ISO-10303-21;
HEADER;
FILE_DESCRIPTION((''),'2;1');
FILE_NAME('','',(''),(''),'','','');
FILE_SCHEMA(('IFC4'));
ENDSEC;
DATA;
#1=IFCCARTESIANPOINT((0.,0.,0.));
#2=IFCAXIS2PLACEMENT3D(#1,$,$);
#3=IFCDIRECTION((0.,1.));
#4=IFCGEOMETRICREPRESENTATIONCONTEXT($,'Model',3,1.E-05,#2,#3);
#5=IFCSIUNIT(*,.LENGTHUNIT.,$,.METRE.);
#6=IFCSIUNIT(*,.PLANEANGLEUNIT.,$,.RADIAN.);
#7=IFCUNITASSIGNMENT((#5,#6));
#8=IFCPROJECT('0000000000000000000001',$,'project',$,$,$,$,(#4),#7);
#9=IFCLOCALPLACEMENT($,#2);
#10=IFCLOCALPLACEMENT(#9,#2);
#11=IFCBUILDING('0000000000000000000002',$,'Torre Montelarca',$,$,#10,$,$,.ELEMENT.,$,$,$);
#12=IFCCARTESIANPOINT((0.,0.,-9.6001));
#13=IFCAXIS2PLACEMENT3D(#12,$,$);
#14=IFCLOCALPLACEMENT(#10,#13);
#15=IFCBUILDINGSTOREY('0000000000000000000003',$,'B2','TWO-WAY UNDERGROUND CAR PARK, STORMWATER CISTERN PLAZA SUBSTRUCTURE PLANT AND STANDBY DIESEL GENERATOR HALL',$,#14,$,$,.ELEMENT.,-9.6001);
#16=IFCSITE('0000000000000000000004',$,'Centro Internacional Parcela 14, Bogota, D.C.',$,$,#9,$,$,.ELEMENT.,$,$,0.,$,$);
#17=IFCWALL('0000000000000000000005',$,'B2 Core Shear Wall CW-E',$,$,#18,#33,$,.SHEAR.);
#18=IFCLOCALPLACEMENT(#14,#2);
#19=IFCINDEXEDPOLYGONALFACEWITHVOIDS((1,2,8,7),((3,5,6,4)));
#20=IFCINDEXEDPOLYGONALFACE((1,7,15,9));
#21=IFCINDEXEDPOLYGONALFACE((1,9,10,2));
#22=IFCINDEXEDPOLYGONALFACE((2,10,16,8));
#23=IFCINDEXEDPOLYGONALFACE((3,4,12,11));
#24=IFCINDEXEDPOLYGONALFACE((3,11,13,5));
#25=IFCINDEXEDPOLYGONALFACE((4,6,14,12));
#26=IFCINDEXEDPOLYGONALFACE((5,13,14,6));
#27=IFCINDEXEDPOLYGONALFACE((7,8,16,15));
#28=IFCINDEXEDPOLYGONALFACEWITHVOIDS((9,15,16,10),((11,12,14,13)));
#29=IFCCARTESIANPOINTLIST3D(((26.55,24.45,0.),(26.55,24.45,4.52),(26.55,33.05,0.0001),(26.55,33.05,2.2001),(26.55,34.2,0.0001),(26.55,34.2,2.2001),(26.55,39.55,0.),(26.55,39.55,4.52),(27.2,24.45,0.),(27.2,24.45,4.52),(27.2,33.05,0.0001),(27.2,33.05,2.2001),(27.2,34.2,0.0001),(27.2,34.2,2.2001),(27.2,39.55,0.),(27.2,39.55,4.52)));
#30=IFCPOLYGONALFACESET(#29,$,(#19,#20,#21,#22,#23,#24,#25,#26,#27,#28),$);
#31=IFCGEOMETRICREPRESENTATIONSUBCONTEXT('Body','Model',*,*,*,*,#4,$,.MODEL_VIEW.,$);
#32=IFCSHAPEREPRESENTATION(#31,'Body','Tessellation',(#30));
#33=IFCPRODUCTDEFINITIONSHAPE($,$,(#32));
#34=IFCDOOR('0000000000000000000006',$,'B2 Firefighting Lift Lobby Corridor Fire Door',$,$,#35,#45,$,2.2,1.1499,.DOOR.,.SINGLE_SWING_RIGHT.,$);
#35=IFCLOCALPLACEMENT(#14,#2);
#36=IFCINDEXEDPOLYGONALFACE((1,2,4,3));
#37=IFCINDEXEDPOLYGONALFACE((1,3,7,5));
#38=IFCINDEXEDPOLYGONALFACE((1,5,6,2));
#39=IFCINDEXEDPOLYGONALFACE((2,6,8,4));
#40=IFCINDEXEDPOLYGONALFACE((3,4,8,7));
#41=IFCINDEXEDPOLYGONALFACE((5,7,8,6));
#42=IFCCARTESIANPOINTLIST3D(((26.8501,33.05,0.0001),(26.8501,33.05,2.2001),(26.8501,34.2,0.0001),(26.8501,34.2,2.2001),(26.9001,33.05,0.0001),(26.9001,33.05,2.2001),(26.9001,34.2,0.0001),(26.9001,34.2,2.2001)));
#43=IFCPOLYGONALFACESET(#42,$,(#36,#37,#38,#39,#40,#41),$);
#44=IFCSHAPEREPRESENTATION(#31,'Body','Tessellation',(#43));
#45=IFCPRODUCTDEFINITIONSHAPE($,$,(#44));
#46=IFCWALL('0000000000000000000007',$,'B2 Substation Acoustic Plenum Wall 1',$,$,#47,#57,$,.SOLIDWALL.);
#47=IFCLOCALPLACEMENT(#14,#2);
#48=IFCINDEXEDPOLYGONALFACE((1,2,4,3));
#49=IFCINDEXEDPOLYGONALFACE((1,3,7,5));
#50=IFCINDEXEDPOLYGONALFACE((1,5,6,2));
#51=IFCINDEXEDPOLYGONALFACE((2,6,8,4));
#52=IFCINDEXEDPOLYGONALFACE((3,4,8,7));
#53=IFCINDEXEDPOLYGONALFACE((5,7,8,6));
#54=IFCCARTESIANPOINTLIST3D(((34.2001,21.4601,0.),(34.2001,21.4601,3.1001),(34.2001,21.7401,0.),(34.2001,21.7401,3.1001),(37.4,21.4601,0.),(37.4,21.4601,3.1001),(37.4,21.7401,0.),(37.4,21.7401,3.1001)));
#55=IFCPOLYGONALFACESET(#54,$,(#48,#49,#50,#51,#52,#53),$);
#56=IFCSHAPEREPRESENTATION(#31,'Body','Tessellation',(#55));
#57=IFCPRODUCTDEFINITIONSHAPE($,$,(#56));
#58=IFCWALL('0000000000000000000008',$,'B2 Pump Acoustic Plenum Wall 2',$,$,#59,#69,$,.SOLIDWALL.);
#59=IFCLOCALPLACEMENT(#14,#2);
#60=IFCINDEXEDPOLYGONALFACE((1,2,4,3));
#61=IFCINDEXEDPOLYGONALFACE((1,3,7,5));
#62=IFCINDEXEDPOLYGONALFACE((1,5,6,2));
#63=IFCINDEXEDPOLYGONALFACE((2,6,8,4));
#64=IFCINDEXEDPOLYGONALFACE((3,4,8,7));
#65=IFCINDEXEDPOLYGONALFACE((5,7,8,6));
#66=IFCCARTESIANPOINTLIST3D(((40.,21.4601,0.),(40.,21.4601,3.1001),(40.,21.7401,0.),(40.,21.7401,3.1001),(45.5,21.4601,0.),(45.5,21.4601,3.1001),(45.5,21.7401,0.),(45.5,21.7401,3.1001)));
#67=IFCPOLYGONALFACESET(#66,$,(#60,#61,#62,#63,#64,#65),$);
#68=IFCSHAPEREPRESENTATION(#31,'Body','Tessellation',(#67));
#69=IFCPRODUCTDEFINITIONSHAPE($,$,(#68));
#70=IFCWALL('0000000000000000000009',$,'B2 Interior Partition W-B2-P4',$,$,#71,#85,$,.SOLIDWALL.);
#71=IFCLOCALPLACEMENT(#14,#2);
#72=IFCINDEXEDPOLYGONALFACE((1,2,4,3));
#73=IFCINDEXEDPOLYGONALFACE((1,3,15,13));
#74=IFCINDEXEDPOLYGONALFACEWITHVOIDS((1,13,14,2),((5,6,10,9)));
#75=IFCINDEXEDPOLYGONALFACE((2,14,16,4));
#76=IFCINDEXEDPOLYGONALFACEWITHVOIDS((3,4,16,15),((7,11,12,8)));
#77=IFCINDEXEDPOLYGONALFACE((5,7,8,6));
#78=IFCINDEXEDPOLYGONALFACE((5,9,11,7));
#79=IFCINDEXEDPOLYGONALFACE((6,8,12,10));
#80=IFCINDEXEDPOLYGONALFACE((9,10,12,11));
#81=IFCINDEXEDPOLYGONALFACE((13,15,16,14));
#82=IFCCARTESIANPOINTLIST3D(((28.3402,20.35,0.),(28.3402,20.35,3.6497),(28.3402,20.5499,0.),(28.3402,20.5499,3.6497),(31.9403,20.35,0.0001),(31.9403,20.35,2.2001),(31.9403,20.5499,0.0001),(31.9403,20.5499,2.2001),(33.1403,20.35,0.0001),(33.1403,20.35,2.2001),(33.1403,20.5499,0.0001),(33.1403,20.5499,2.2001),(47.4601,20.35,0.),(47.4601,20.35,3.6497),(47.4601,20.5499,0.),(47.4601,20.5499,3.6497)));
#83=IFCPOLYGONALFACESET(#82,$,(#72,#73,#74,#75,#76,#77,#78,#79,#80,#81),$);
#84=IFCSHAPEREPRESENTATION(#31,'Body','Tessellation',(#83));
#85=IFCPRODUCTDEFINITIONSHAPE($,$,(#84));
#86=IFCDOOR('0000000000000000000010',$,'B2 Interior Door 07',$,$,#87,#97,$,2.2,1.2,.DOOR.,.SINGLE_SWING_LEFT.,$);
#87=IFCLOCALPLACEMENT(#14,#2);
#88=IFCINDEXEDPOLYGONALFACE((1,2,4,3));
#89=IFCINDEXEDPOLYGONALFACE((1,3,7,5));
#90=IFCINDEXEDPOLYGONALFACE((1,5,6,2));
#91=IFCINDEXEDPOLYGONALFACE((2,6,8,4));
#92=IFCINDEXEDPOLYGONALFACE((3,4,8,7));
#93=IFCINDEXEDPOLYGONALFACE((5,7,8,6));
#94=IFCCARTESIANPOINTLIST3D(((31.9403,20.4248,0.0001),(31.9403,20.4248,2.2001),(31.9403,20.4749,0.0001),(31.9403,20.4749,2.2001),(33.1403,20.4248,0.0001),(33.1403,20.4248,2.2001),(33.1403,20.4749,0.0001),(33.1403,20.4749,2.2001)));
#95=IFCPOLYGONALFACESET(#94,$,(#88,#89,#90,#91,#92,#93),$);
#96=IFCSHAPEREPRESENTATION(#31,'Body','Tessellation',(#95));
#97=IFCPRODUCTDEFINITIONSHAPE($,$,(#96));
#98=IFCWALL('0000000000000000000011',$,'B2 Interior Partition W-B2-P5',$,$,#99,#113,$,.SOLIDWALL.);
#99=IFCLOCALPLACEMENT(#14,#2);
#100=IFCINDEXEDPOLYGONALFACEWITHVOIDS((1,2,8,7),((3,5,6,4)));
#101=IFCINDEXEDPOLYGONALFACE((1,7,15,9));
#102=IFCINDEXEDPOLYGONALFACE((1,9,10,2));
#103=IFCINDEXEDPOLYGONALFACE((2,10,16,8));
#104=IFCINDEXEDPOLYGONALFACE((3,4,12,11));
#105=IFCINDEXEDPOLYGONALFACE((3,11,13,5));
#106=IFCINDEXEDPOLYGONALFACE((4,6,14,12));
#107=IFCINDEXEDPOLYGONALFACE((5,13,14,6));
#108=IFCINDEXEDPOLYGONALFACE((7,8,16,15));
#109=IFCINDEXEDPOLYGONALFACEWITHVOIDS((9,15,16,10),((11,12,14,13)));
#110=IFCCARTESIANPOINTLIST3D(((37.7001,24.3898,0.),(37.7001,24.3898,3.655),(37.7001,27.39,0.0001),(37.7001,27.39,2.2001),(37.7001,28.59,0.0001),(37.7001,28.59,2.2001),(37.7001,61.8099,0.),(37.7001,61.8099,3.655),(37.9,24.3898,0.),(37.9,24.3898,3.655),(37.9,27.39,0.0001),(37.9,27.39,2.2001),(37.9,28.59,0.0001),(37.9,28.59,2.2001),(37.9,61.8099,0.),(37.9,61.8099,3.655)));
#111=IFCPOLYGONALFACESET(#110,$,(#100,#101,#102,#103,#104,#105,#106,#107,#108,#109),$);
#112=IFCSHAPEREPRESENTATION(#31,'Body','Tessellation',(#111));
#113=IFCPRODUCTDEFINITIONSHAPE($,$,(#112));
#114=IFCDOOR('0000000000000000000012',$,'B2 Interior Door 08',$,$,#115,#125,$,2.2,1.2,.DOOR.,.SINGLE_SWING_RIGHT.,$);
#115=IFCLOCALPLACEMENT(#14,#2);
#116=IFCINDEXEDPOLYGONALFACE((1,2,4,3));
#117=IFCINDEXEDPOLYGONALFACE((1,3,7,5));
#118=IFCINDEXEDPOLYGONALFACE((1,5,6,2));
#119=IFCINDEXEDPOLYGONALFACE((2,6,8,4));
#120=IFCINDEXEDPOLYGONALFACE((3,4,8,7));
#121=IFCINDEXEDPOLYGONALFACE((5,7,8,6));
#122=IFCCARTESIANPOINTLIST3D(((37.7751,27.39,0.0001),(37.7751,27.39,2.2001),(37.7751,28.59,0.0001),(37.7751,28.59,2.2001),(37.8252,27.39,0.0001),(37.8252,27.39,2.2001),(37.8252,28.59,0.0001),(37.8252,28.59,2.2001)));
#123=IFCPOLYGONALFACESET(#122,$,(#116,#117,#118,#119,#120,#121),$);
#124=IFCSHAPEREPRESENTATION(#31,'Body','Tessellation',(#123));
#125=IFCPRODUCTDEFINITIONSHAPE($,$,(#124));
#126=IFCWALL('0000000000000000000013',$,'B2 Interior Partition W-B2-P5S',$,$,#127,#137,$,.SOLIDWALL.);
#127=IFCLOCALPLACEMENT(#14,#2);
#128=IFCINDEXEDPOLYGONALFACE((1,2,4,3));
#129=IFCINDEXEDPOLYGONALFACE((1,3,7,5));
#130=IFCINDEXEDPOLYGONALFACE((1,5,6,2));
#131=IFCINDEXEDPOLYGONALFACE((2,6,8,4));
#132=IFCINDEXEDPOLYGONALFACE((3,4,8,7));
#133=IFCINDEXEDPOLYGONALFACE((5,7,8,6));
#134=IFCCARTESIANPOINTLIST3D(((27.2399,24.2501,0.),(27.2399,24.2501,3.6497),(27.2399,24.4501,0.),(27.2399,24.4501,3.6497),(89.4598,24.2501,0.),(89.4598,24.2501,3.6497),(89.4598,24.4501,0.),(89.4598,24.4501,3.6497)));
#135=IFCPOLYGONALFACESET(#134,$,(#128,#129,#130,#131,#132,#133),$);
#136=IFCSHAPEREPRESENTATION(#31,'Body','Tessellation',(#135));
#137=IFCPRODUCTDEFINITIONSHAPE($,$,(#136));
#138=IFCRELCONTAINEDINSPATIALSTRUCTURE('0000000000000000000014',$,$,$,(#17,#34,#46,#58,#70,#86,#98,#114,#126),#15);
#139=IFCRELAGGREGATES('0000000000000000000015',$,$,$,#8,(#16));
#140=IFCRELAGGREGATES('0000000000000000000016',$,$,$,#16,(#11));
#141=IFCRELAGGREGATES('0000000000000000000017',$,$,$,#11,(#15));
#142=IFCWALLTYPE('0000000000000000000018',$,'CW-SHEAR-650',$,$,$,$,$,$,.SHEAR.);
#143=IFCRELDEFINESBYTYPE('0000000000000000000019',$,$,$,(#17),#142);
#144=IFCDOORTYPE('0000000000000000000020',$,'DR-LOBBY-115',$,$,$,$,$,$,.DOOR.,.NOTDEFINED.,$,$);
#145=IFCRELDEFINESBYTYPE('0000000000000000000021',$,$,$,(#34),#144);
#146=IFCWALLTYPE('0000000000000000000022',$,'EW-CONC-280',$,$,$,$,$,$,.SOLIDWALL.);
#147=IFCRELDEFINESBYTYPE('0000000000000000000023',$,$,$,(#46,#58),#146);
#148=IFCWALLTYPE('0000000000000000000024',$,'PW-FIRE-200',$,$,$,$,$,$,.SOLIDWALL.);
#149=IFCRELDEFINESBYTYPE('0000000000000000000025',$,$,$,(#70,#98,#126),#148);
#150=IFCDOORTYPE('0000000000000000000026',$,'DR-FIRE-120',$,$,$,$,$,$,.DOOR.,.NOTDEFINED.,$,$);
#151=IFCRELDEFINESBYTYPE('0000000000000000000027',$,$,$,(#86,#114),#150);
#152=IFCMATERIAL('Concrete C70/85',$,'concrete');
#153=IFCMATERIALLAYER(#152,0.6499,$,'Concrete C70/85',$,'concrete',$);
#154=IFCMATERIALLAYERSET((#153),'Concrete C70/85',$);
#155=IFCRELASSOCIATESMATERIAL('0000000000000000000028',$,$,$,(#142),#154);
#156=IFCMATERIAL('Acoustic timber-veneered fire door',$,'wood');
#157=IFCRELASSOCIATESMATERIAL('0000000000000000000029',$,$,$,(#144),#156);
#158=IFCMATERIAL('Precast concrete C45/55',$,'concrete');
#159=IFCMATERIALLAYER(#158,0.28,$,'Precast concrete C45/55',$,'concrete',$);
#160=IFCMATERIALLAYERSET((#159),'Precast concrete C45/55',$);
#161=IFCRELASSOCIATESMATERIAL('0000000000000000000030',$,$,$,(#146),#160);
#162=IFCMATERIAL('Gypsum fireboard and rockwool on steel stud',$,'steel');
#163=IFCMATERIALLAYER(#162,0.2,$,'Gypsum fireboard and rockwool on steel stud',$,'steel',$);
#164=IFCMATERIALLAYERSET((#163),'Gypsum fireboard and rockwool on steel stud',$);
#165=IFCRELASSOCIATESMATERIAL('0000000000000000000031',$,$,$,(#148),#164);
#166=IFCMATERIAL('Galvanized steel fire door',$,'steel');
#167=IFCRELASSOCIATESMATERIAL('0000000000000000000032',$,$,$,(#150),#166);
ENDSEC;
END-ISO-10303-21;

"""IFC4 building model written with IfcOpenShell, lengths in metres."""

from ifc_helpers import new_model, si_unit, direction, frame, frame_2d, origin, place, context, subcontext, project, spatial, rectangle, extrude, source, transform, mapped, material, layer, layer_set, type_object, element, fill, save


model = new_model("IFC4")

# Units and contexts
model_context = context("Model", 3, precision=1e-05, world=origin(), true_north=direction((0.0, 1.0)))
body_context = subcontext(model_context, "Body", "Model", "MODEL_VIEW")
ifc_project = project(units=[si_unit("LENGTHUNIT", "METRE"), si_unit("PLANEANGLEUNIT", "RADIAN")], contexts=[model_context])

# Site, building, storey
site_placement = place(None, origin())
site = spatial("IfcSite", under=ifc_project, at=site_placement, Name="Centro Internacional Parcela 14, Bogota, D.C.", CompositionType="ELEMENT", RefElevation=0.0)
building_placement = place(site_placement, origin())
building = spatial("IfcBuilding", under=site, at=building_placement, Name="Torre Montelarca", CompositionType="ELEMENT")
storey_placement = place(building_placement, frame((0.0, 0.0, -9.6001)))
storey = spatial("IfcBuildingStorey", under=building, at=storey_placement, Name="B2", Description="TWO-WAY UNDERGROUND CAR PARK, STORMWATER CISTERN PLAZA SUBSTRUCTURE PLANT AND STANDBY DIESEL GENERATOR HALL", CompositionType="ELEMENT", Elevation=-9.6001)

# Shared definitions
ifc_material_1 = material(Name="Concrete C70/85", Category="concrete")

# Wall, opening, door
ifc_layer_1 = layer(ifc_material_1, 0.6499, Name="Concrete C70/85", Category="concrete")
ifc_layer_set_1 = layer_set([ifc_layer_1], Name="Concrete C70/85")
wall_type_1 = type_object("IfcWallType", Name="CW-SHEAR-650", PredefinedType="SHEAR", material=ifc_layer_set_1)
wall_1_placement = place(storey_placement, frame((26.875, 24.45, 0.0), z_axis=(0.0, 0.0, 1.0), x_axis=(0.0, 1.0, 0.0)))
wall_1 = element("IfcWall", 1, at=wall_1_placement, inside=storey, type_object=wall_type_1, Name="B2 Core Shear Wall CW-E", PredefinedType="SHEAR", context=body_context, shape_type="SweptSolid", body=[
    extrude(rectangle(XDim=15.1001, YDim=0.6499, at=frame_2d((7.55, 0.0))), origin(), (0.0, 0.0, 1.0), 4.52),
])
opening_1_placement = place(wall_1_placement, frame((8.6001, 0.0, 0.0)))
opening_1 = element("IfcOpeningElement", 2, at=opening_1_placement, cuts=wall_1, PredefinedType="OPENING", context=body_context, shape_type="SweptSolid", body=[
    extrude(rectangle(XDim=1.1499, YDim=2.2, at=frame_2d((0.575, 1.1001))), frame((0.0, 0.335, 0.0), z_axis=(0.0, -1.0, 0.0), x_axis=(1.0, 0.0, 0.0)), (0.0, 0.0, 1.0), 0.6699),
])
ifc_material_2 = material(Name="Acoustic timber-veneered fire door", Category="wood")
door_type_1 = type_object("IfcDoorType", Name="DR-LOBBY-115", OperationType="NOTDEFINED", PredefinedType="DOOR", material=ifc_material_2)
shared_shape_1 = source(origin(), body_context, "Body", "SweptSolid", [
    extrude(rectangle(XDim=1.1499, YDim=2.2, at=frame_2d((0.575, 1.1001))), frame((0.0, 0.0249, 0.0), z_axis=(0.0, -1.0, 0.0), x_axis=(1.0, 0.0, 0.0)), (0.0, 0.0, 1.0), 0.05),
])
door_1_placement = place(opening_1_placement, origin())
door_1 = element("IfcDoor", 3, at=door_1_placement, inside=storey, type_object=door_type_1, Name="B2 Firefighting Lift Lobby Corridor Fire Door", OperationType="SINGLE_SWING_RIGHT", OverallHeight=2.2, OverallWidth=1.1499, PredefinedType="DOOR", context=body_context, shape_type="MappedRepresentation", body=[
    mapped(shared_shape_1, transform((0.0, 0.0, 0.0), scale=1.0)),
])
fill(opening_1, door_1)

# Walls
ifc_material_3 = material(Name="Precast concrete C45/55", Category="concrete")
ifc_layer_2 = layer(ifc_material_3, 0.28, Name="Precast concrete C45/55", Category="concrete")
ifc_layer_set_2 = layer_set([ifc_layer_2], Name="Precast concrete C45/55")
wall_type_2 = type_object("IfcWallType", Name="EW-CONC-280", PredefinedType="SOLIDWALL", material=ifc_layer_set_2)
wall_2_placement = place(storey_placement, frame((34.2, 21.6001, 0.0), z_axis=(0.0, 0.0, 1.0), x_axis=(1.0, 0.0, 0.0)))
element("IfcWall", 4, at=wall_2_placement, inside=storey, type_object=wall_type_2, Name="B2 Substation Acoustic Plenum Wall 1", PredefinedType="SOLIDWALL", context=body_context, shape_type="SweptSolid", body=[
    extrude(rectangle(XDim=3.2, YDim=0.28, at=frame_2d((1.6001, 0.0))), origin(), (0.0, 0.0, 1.0), 3.1001),
])
wall_3_placement = place(storey_placement, frame((40.0, 21.6001, 0.0), z_axis=(0.0, 0.0, 1.0), x_axis=(1.0, 0.0, 0.0)))
element("IfcWall", 5, at=wall_3_placement, inside=storey, type_object=wall_type_2, Name="B2 Pump Acoustic Plenum Wall 2", PredefinedType="SOLIDWALL", context=body_context, shape_type="SweptSolid", body=[
    extrude(rectangle(XDim=5.5, YDim=0.28, at=frame_2d((2.75, 0.0))), origin(), (0.0, 0.0, 1.0), 3.1001),
])

# Walls, openings, doors
ifc_material_4 = material(Name="Gypsum fireboard and rockwool on steel stud", Category="steel")
ifc_layer_3 = layer(ifc_material_4, 0.2, Name="Gypsum fireboard and rockwool on steel stud", Category="steel")
ifc_layer_set_3 = layer_set([ifc_layer_3], Name="Gypsum fireboard and rockwool on steel stud")
wall_type_3 = type_object("IfcWallType", Name="PW-FIRE-200", PredefinedType="SOLIDWALL", material=ifc_layer_set_3)
wall_4_placement = place(storey_placement, frame((28.3401, 20.45, 0.0), z_axis=(0.0, 0.0, 1.0), x_axis=(1.0, 0.0, 0.0)))
wall_4 = element("IfcWall", 6, at=wall_4_placement, inside=storey, type_object=wall_type_3, Name="B2 Interior Partition W-B2-P4", PredefinedType="SOLIDWALL", context=body_context, shape_type="SweptSolid", body=[
    extrude(rectangle(XDim=19.1199, YDim=0.2, at=frame_2d((9.5601, 0.0))), origin(), (0.0, 0.0, 1.0), 3.6497),
])
opening_2_placement = place(wall_4_placement, frame((3.6001, 0.0, 0.0)))
opening_2 = element("IfcOpeningElement", 7, at=opening_2_placement, cuts=wall_4, PredefinedType="OPENING", context=body_context, shape_type="SweptSolid", body=[
    extrude(rectangle(XDim=1.2, YDim=2.2, at=frame_2d((0.6001, 1.1001))), frame((0.0, 0.1099, 0.0), z_axis=(0.0, -1.0, 0.0), x_axis=(1.0, 0.0, 0.0)), (0.0, 0.0, 1.0), 0.22),
])
ifc_material_5 = material(Name="Galvanized steel fire door", Category="steel")
door_type_2 = type_object("IfcDoorType", Name="DR-FIRE-120", OperationType="NOTDEFINED", PredefinedType="DOOR", material=ifc_material_5)
shared_shape_2 = source(origin(), body_context, "Body", "SweptSolid", [
    extrude(rectangle(XDim=1.2, YDim=2.2, at=frame_2d((0.6001, 1.1001))), frame((0.0, 0.0249, 0.0), z_axis=(0.0, -1.0, 0.0), x_axis=(1.0, 0.0, 0.0)), (0.0, 0.0, 1.0), 0.05),
])
door_2_placement = place(opening_2_placement, origin())
door_2 = element("IfcDoor", 8, at=door_2_placement, inside=storey, type_object=door_type_2, Name="B2 Interior Door 07", OperationType="SINGLE_SWING_LEFT", OverallHeight=2.2, OverallWidth=1.2, PredefinedType="DOOR", context=body_context, shape_type="MappedRepresentation", body=[
    mapped(shared_shape_2, transform((0.0, 0.0, 0.0), scale=1.0)),
])
fill(opening_2, door_2)
wall_5_placement = place(storey_placement, frame((37.8, 24.3899, 0.0), z_axis=(0.0, 0.0, 1.0), x_axis=(0.0, 1.0, 0.0)))
wall_5 = element("IfcWall", 9, at=wall_5_placement, inside=storey, type_object=wall_type_3, Name="B2 Interior Partition W-B2-P5", PredefinedType="SOLIDWALL", context=body_context, shape_type="SweptSolid", body=[
    extrude(rectangle(XDim=37.4202, YDim=0.2, at=frame_2d((18.71, 0.0))), origin(), (0.0, 0.0, 1.0), 3.655),
])
opening_3_placement = place(wall_5_placement, frame((3.0, 0.0, 0.0)))
opening_3 = element("IfcOpeningElement", 10, at=opening_3_placement, cuts=wall_5, PredefinedType="OPENING", context=body_context, shape_type="SweptSolid", body=[
    extrude(rectangle(XDim=1.2, YDim=2.2, at=frame_2d((0.6001, 1.1001))), frame((0.0, 0.1099, 0.0), z_axis=(0.0, -1.0, 0.0), x_axis=(1.0, 0.0, 0.0)), (0.0, 0.0, 1.0), 0.22),
])
door_3_placement = place(opening_3_placement, origin())
door_3 = element("IfcDoor", 11, at=door_3_placement, inside=storey, type_object=door_type_2, Name="B2 Interior Door 08", OperationType="SINGLE_SWING_RIGHT", OverallHeight=2.2, OverallWidth=1.2, PredefinedType="DOOR", context=body_context, shape_type="MappedRepresentation", body=[
    mapped(shared_shape_2, transform((0.0, 0.0, 0.0), scale=1.0)),
])
fill(opening_3, door_3)

# Wall
wall_6_placement = place(storey_placement, frame((27.24, 24.3501, 0.0), z_axis=(0.0, 0.0, 1.0), x_axis=(1.0, 0.0, 0.0)))
element("IfcWall", 12, at=wall_6_placement, inside=storey, type_object=wall_type_3, Name="B2 Interior Partition W-B2-P5S", PredefinedType="SOLIDWALL", context=body_context, shape_type="SweptSolid", body=[
    extrude(rectangle(XDim=62.22, YDim=0.2, at=frame_2d((31.1099, 0.0))), origin(), (0.0, 0.0, 1.0), 3.6497),
])

save(model, "model.ifc")
